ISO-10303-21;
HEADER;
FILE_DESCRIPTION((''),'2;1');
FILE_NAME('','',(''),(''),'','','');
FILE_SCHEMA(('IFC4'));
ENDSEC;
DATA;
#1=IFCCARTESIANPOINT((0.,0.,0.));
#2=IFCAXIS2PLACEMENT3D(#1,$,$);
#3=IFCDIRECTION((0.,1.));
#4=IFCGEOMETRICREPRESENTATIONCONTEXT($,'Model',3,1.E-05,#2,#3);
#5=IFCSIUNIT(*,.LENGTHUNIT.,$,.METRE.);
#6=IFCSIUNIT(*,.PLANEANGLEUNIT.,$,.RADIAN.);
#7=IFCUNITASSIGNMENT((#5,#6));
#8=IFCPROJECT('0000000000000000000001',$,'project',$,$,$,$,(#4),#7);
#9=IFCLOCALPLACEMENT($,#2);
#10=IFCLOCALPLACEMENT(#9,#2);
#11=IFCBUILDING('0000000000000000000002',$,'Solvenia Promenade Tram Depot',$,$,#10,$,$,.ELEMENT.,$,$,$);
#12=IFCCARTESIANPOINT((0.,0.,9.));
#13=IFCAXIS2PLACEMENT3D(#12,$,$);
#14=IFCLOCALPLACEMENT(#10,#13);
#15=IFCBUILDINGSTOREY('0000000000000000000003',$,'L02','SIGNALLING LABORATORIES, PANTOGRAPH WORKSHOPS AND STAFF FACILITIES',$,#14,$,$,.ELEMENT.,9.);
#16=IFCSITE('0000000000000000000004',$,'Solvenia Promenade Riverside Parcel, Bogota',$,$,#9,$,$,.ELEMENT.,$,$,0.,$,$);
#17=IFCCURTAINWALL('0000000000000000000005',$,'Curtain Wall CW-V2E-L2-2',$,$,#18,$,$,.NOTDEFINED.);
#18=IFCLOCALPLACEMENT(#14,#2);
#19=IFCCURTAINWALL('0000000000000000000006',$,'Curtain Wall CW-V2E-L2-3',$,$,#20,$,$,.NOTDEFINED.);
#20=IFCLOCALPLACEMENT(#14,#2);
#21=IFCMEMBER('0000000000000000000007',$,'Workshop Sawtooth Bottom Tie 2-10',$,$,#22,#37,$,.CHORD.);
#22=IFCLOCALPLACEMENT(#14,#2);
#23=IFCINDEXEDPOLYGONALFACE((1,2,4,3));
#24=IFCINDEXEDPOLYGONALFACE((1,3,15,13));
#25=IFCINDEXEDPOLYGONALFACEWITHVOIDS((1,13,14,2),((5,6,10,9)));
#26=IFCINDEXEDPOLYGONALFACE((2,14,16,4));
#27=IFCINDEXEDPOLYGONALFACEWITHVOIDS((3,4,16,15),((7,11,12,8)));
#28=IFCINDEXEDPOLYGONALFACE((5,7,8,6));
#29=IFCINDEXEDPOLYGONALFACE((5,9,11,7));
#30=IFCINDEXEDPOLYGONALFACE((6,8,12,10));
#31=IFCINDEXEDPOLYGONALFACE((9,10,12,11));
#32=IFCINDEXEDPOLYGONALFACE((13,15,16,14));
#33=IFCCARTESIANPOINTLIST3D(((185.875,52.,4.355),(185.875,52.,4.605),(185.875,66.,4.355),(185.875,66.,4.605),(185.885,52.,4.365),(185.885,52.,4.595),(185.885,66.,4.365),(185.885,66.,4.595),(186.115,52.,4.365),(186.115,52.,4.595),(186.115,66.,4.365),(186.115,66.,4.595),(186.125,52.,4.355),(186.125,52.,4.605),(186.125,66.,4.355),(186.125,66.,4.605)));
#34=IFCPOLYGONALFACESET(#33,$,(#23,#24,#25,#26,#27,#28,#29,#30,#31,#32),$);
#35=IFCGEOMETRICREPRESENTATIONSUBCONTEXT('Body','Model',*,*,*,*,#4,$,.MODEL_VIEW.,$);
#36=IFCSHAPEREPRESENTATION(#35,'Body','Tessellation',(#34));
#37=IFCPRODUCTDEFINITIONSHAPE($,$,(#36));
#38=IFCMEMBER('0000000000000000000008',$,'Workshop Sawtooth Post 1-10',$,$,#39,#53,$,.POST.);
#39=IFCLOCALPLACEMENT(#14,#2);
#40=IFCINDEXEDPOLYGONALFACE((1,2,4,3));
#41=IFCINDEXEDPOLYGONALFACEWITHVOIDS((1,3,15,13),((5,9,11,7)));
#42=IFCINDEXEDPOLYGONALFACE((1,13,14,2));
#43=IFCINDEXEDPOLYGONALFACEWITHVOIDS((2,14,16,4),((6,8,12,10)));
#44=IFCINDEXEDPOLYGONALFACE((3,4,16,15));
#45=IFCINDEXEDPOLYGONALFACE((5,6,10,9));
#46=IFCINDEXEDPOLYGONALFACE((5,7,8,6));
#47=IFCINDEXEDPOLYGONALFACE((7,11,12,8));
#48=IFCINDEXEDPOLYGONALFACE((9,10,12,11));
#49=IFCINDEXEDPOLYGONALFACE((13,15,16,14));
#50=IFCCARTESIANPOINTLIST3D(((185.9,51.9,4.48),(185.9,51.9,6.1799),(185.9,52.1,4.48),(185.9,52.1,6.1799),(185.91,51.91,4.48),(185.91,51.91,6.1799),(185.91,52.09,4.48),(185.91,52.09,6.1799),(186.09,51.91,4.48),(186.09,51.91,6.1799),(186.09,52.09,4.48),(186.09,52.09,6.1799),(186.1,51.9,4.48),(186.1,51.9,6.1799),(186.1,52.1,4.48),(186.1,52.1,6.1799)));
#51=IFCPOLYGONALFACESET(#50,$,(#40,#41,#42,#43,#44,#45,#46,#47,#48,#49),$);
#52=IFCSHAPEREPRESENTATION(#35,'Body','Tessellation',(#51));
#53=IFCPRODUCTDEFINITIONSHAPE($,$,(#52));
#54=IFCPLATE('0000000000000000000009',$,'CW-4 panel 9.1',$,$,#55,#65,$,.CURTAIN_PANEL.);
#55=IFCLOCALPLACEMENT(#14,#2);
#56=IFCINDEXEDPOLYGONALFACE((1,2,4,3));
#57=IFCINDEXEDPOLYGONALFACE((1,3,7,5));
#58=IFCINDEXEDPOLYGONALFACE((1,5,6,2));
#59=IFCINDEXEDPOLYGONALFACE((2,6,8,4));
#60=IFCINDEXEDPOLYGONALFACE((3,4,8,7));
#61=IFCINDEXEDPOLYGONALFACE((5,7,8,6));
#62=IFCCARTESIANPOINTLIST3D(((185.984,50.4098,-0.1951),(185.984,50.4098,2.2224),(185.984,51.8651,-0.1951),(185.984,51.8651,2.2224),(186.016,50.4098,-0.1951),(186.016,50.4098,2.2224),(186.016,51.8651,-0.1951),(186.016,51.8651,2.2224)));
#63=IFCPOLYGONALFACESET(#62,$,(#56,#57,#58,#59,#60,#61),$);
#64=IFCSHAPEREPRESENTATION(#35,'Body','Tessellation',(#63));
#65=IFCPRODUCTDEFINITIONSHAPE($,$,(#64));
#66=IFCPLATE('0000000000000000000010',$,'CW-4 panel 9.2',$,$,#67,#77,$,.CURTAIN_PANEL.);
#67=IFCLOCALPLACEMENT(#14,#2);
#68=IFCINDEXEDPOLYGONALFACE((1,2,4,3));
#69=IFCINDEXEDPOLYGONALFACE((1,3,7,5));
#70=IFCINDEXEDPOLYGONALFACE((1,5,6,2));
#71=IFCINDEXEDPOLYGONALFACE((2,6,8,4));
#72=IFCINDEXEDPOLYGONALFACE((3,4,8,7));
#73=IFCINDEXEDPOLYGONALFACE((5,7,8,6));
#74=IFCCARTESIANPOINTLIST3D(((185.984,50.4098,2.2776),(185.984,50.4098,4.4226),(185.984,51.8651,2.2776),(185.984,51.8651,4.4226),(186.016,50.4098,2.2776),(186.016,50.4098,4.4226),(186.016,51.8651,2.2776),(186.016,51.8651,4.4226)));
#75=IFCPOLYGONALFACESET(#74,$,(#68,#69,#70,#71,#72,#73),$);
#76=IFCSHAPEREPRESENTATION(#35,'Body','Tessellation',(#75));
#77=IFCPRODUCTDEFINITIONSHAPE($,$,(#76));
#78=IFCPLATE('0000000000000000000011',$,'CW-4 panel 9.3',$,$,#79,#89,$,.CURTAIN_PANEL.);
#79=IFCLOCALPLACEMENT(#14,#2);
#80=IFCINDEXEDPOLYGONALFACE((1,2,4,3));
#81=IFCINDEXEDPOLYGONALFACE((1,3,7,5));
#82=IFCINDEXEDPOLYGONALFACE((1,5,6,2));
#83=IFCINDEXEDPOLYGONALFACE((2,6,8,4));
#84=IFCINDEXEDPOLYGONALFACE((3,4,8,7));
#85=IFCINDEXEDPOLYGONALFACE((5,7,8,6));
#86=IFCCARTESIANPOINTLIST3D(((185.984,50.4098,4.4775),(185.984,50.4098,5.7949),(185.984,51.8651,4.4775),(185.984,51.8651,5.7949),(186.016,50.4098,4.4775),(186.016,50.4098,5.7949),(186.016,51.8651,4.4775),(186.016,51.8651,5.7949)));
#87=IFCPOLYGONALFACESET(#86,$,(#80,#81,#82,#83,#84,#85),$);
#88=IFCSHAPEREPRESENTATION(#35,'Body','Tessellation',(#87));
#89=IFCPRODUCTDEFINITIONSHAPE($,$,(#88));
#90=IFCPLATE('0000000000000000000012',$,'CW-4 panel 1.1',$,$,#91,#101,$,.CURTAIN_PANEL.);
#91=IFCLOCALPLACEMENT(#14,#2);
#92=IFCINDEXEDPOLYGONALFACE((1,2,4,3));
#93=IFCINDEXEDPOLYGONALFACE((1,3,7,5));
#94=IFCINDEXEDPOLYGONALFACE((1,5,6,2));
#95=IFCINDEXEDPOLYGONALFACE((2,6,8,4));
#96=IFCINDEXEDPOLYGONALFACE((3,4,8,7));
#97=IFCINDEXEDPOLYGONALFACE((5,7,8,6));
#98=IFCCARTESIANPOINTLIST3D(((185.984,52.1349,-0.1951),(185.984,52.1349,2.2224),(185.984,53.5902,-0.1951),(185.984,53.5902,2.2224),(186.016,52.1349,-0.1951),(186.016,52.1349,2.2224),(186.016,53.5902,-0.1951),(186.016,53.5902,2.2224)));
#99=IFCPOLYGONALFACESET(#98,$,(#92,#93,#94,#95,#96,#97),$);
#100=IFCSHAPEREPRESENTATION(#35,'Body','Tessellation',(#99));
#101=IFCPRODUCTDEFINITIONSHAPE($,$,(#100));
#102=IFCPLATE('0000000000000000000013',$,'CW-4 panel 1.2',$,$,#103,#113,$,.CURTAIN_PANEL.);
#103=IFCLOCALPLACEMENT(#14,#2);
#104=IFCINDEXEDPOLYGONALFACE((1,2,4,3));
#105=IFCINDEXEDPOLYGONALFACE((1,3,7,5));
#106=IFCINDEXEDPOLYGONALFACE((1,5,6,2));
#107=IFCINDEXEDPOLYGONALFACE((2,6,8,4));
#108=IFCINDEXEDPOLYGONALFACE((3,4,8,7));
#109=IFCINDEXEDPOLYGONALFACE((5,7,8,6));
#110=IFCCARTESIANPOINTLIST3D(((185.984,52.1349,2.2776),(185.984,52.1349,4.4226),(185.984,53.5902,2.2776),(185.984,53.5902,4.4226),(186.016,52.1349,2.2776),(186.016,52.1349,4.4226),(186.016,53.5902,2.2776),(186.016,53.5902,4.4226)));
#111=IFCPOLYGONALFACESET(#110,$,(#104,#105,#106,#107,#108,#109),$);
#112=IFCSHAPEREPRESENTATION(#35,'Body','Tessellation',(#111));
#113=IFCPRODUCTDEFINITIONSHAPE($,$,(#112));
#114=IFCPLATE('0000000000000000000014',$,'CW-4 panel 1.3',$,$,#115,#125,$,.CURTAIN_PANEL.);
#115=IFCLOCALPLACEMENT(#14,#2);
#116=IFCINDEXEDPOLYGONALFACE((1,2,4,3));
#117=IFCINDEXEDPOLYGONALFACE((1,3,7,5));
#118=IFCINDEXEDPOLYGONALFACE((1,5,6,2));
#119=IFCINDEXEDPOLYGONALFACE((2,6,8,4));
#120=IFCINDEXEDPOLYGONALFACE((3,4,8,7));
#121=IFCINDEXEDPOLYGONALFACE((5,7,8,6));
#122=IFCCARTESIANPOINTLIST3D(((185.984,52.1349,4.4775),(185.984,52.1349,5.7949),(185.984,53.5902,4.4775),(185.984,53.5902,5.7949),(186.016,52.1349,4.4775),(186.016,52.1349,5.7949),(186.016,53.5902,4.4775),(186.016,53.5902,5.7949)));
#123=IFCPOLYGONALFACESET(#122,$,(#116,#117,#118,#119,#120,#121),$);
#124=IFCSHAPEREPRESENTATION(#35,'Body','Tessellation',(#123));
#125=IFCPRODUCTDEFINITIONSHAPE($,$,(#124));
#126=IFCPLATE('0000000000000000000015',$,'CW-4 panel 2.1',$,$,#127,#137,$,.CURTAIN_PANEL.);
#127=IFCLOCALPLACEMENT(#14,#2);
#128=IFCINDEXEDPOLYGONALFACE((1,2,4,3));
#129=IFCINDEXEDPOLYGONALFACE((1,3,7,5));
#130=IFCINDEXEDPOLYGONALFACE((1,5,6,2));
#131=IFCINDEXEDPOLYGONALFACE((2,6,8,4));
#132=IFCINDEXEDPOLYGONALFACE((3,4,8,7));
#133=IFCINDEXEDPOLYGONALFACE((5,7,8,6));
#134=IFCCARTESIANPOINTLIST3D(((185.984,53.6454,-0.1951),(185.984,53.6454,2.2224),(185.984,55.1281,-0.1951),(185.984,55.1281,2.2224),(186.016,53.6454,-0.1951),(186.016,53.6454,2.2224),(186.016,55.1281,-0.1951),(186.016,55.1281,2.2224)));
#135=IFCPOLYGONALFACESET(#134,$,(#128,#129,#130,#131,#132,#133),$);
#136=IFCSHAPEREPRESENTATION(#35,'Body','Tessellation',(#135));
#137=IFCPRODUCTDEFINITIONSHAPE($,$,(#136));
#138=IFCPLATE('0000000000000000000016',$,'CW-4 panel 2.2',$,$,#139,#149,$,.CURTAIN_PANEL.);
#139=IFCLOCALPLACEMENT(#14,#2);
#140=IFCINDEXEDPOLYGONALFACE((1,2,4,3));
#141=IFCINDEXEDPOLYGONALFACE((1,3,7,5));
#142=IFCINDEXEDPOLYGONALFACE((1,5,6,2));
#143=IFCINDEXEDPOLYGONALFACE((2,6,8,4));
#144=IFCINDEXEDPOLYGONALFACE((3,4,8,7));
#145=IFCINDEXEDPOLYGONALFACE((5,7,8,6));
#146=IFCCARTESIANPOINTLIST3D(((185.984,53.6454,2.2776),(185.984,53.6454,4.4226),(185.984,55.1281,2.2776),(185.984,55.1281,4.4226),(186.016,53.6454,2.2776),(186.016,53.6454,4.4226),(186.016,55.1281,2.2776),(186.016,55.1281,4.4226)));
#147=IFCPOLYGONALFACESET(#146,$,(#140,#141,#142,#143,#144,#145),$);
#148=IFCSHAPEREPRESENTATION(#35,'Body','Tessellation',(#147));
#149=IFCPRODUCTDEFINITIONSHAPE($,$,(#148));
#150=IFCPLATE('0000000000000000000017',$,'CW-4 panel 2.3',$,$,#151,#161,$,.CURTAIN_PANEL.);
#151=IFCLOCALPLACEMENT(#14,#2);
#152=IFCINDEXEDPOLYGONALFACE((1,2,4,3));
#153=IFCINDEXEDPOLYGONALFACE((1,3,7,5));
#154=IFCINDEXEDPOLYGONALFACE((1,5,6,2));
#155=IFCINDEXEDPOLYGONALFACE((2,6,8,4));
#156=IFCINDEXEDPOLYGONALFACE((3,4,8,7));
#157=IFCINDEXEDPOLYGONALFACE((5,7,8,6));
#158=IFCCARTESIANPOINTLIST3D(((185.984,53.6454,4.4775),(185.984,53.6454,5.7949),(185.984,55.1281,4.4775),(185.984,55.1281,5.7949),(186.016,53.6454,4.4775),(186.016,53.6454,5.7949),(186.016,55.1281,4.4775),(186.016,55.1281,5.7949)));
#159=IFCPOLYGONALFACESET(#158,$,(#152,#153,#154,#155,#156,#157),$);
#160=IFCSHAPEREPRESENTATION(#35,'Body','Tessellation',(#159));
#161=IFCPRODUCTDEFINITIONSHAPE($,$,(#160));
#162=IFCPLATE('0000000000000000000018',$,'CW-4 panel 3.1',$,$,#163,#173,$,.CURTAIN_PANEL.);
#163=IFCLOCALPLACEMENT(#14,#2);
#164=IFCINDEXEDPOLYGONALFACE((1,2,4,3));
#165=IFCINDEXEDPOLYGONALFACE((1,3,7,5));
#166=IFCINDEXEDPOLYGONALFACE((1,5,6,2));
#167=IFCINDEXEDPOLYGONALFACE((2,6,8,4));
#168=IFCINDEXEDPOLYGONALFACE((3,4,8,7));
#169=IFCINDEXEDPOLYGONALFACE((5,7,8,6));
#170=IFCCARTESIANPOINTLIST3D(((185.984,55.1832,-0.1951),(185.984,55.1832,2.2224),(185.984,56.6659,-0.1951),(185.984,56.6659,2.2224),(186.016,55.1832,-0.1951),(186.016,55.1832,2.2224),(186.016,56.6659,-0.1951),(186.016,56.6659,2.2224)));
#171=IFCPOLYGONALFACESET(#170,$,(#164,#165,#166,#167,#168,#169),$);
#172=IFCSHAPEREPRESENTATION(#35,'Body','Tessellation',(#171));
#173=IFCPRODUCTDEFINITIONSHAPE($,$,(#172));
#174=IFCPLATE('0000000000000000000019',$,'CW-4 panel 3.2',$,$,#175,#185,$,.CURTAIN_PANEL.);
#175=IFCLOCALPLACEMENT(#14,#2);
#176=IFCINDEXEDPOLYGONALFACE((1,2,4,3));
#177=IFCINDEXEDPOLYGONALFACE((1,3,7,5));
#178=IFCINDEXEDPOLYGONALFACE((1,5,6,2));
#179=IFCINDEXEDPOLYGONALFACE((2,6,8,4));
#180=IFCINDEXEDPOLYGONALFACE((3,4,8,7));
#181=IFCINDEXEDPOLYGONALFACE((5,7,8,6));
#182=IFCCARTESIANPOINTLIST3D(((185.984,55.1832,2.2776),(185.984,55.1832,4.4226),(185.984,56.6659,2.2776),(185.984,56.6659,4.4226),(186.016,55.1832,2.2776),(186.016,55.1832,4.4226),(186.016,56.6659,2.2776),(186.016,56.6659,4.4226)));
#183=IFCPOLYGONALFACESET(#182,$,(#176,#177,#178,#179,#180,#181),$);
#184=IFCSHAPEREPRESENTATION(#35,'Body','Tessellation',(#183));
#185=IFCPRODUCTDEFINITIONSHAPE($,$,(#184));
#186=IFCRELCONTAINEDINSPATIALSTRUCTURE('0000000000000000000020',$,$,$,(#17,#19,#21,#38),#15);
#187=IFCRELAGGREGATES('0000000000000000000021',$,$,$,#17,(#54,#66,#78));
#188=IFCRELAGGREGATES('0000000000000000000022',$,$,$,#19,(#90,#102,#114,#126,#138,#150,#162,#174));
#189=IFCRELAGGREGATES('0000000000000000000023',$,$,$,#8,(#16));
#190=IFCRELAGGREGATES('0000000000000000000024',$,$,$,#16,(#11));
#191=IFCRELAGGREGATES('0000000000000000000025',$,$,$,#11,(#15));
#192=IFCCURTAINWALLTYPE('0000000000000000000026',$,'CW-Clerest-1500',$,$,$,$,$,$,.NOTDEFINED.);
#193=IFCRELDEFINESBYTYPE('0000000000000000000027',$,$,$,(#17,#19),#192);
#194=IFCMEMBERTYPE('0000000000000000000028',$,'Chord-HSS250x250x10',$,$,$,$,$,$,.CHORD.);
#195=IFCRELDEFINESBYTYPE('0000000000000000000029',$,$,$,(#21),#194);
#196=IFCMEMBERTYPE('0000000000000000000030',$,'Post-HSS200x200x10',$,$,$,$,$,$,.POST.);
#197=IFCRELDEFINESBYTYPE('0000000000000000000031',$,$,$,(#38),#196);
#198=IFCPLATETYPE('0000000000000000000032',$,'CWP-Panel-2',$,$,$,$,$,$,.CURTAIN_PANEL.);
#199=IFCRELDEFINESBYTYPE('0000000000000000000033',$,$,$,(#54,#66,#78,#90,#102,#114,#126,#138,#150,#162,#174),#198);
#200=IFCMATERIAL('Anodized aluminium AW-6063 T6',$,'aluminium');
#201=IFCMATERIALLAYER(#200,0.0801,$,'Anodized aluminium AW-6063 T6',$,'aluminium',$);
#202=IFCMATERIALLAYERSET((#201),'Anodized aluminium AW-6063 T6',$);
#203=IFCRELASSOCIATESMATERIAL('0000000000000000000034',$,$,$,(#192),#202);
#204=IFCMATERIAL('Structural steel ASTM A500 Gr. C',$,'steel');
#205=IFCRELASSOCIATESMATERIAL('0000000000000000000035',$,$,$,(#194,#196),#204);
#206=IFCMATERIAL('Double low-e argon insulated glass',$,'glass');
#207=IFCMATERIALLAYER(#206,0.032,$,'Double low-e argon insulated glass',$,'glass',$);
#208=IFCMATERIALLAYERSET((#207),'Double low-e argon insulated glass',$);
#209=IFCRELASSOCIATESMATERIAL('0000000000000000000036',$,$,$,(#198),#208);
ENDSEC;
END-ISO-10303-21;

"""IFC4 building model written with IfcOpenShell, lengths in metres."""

from ifc_helpers import new_model, si_unit, direction, frame, origin, origin_2d, place, context, subcontext, project, spatial, rectangle, hollow_rectangle, extrude, material, layer, layer_set, material_profile, profile_set, type_object, element, aggregate, save


model = new_model("IFC4")

# Units and contexts
model_context = context("Model", 3, precision=1e-05, world=origin(), true_north=direction((0.0, 1.0)))
body_context = subcontext(model_context, "Body", "Model", "MODEL_VIEW")
ifc_project = project(units=[si_unit("LENGTHUNIT", "METRE"), si_unit("PLANEANGLEUNIT", "RADIAN")], contexts=[model_context])

# Site, building, storey
site_placement = place(None, origin())
site = spatial("IfcSite", under=ifc_project, at=site_placement, Name="Solvenia Promenade Riverside Parcel, Bogota", CompositionType="ELEMENT", RefElevation=0.0)
building_placement = place(site_placement, origin())
building = spatial("IfcBuilding", under=site, at=building_placement, Name="Solvenia Promenade Tram Depot", CompositionType="ELEMENT")
storey_placement = place(building_placement, frame((0.0, 0.0, 9.0)))
storey = spatial("IfcBuildingStorey", under=building, at=storey_placement, Name="L02", Description="SIGNALLING LABORATORIES, PANTOGRAPH WORKSHOPS AND STAFF FACILITIES", CompositionType="ELEMENT", Elevation=9.0)

# Curtain wall
ifc_material_1 = material(Name="Anodized aluminium AW-6063 T6", Category="aluminium")
ifc_layer_1 = layer(ifc_material_1, 0.0801, Name="Anodized aluminium AW-6063 T6", Category="aluminium")
ifc_layer_set_1 = layer_set([ifc_layer_1], Name="Anodized aluminium AW-6063 T6")
curtain_wall_type = type_object("IfcCurtainWallType", Name="CW-Clerest-1500", PredefinedType="NOTDEFINED", material=ifc_layer_set_1)
curtain_wall_1_placement = place(storey_placement, origin())
curtain_wall_1 = element("IfcCurtainWall", 1, at=curtain_wall_1_placement, inside=storey, type_object=curtain_wall_type, Name="Curtain Wall CW-V2E-L2-2", PredefinedType="NOTDEFINED")

# Curtain wall
curtain_wall_2_placement = place(storey_placement, origin())
curtain_wall_2 = element("IfcCurtainWall", 2, at=curtain_wall_2_placement, inside=storey, type_object=curtain_wall_type, Name="Curtain Wall CW-V2E-L2-3", PredefinedType="NOTDEFINED")

# Members
ifc_material_2 = material(Name="Structural steel ASTM A500 Gr. C", Category="steel")
ifc_material_profile_1 = material_profile(ifc_material_2, hollow_rectangle(XDim=0.25, YDim=0.25, WallThickness=0.01, at=origin_2d()), Name="HSS250x250x10", Category="steel")
ifc_profile_set_1 = profile_set([ifc_material_profile_1], Name="Structural steel ASTM A500 Gr. C")
member_type_1 = type_object("IfcMemberType", Name="Chord-HSS250x250x10", PredefinedType="CHORD", material=ifc_profile_set_1)
member_1_placement = place(storey_placement, frame((186.0, 52.0, 4.48), z_axis=(0.0, 1.0, 0.0), x_axis=(-1.0, 0.0, 0.0)))
element("IfcMember", 3, at=member_1_placement, inside=storey, type_object=member_type_1, Name="Workshop Sawtooth Bottom Tie 2-10", PredefinedType="CHORD", context=body_context, shape_type="SweptSolid", body=[
    extrude(hollow_rectangle(XDim=0.25, YDim=0.25, WallThickness=0.01, at=origin_2d()), origin(), (0.0, 0.0, 1.0), 14.0),
])
ifc_material_profile_2 = material_profile(ifc_material_2, hollow_rectangle(XDim=0.2, YDim=0.2, WallThickness=0.01, at=origin_2d()), Name="HSS200x200x10", Category="steel")
ifc_profile_set_2 = profile_set([ifc_material_profile_2], Name="Structural steel ASTM A500 Gr. C")
member_type_2 = type_object("IfcMemberType", Name="Post-HSS200x200x10", PredefinedType="POST", material=ifc_profile_set_2)
member_2_placement = place(storey_placement, frame((186.0, 52.0, 4.48), z_axis=(0.0, 0.0, 1.0), x_axis=(1.0, 0.0, 0.0)))
element("IfcMember", 4, at=member_2_placement, inside=storey, type_object=member_type_2, Name="Workshop Sawtooth Post 1-10", PredefinedType="POST", context=body_context, shape_type="SweptSolid", body=[
    extrude(hollow_rectangle(XDim=0.2, YDim=0.2, WallThickness=0.01, at=origin_2d()), origin(), (0.0, 0.0, 1.0), 1.7),
])

# Plates
ifc_material_3 = material(Name="Double low-e argon insulated glass", Category="glass")
ifc_layer_2 = layer(ifc_material_3, 0.032, Name="Double low-e argon insulated glass", Category="glass")
ifc_layer_set_2 = layer_set([ifc_layer_2], Name="Double low-e argon insulated glass")
plate_type = type_object("IfcPlateType", Name="CWP-Panel-2", PredefinedType="CURTAIN_PANEL", material=ifc_layer_set_2)
plate_1_placement = place(storey_placement, frame((186.0, 51.1375, -0.1951), z_axis=(0.0, 0.0, 1.0), x_axis=(0.0, 1.0, 0.0)))
plate_1 = element("IfcPlate", 5, at=plate_1_placement, type_object=plate_type, Name="CW-4 panel 9.1", PredefinedType="CURTAIN_PANEL", context=body_context, shape_type="SweptSolid", body=[
    extrude(rectangle(XDim=1.4553, YDim=0.032, at=origin_2d()), origin(), (0.0, 0.0, 1.0), 2.4175),
])
plate_2_placement = place(storey_placement, frame((186.0, 51.1375, 2.2776), z_axis=(0.0, 0.0, 1.0), x_axis=(0.0, 1.0, 0.0)))
plate_2 = element("IfcPlate", 6, at=plate_2_placement, type_object=plate_type, Name="CW-4 panel 9.2", PredefinedType="CURTAIN_PANEL", context=body_context, shape_type="SweptSolid", body=[
    extrude(rectangle(XDim=1.4553, YDim=0.032, at=origin_2d()), origin(), (0.0, 0.0, 1.0), 2.145),
])
plate_3_placement = place(storey_placement, frame((186.0, 51.1375, 4.4775), z_axis=(0.0, 0.0, 1.0), x_axis=(0.0, 1.0, 0.0)))
plate_3 = element("IfcPlate", 7, at=plate_3_placement, type_object=plate_type, Name="CW-4 panel 9.3", PredefinedType="CURTAIN_PANEL", context=body_context, shape_type="SweptSolid", body=[
    extrude(rectangle(XDim=1.4553, YDim=0.032, at=origin_2d()), origin(), (0.0, 0.0, 1.0), 1.3174),
])
aggregate(curtain_wall_1, [plate_1, plate_2, plate_3])
plate_4_placement = place(storey_placement, frame((186.0, 52.8625, -0.1951), z_axis=(0.0, 0.0, 1.0), x_axis=(0.0, 1.0, 0.0)))
plate_4 = element("IfcPlate", 8, at=plate_4_placement, type_object=plate_type, Name="CW-4 panel 1.1", PredefinedType="CURTAIN_PANEL", context=body_context, shape_type="SweptSolid", body=[
    extrude(rectangle(XDim=1.4553, YDim=0.032, at=origin_2d()), origin(), (0.0, 0.0, 1.0), 2.4175),
])
plate_5_placement = place(storey_placement, frame((186.0, 52.8625, 2.2776), z_axis=(0.0, 0.0, 1.0), x_axis=(0.0, 1.0, 0.0)))
plate_5 = element("IfcPlate", 9, at=plate_5_placement, type_object=plate_type, Name="CW-4 panel 1.2", PredefinedType="CURTAIN_PANEL", context=body_context, shape_type="SweptSolid", body=[
    extrude(rectangle(XDim=1.4553, YDim=0.032, at=origin_2d()), origin(), (0.0, 0.0, 1.0), 2.145),
])
plate_6_placement = place(storey_placement, frame((186.0, 52.8625, 4.4775), z_axis=(0.0, 0.0, 1.0), x_axis=(0.0, 1.0, 0.0)))
plate_6 = element("IfcPlate", 10, at=plate_6_placement, type_object=plate_type, Name="CW-4 panel 1.3", PredefinedType="CURTAIN_PANEL", context=body_context, shape_type="SweptSolid", body=[
    extrude(rectangle(XDim=1.4553, YDim=0.032, at=origin_2d()), origin(), (0.0, 0.0, 1.0), 1.3174),
])
plate_7_placement = place(storey_placement, frame((186.0, 54.3867, -0.1951), z_axis=(0.0, 0.0, 1.0), x_axis=(0.0, 1.0, 0.0)))
plate_7 = element("IfcPlate", 11, at=plate_7_placement, type_object=plate_type, Name="CW-4 panel 2.1", PredefinedType="CURTAIN_PANEL", context=body_context, shape_type="SweptSolid", body=[
    extrude(rectangle(XDim=1.4827, YDim=0.032, at=origin_2d()), origin(), (0.0, 0.0, 1.0), 2.4175),
])
plate_8_placement = place(storey_placement, frame((186.0, 54.3867, 2.2776), z_axis=(0.0, 0.0, 1.0), x_axis=(0.0, 1.0, 0.0)))
plate_8 = element("IfcPlate", 12, at=plate_8_placement, type_object=plate_type, Name="CW-4 panel 2.2", PredefinedType="CURTAIN_PANEL", context=body_context, shape_type="SweptSolid", body=[
    extrude(rectangle(XDim=1.4827, YDim=0.032, at=origin_2d()), origin(), (0.0, 0.0, 1.0), 2.145),
])
plate_9_placement = place(storey_placement, frame((186.0, 54.3867, 4.4775), z_axis=(0.0, 0.0, 1.0), x_axis=(0.0, 1.0, 0.0)))
plate_9 = element("IfcPlate", 13, at=plate_9_placement, type_object=plate_type, Name="CW-4 panel 2.3", PredefinedType="CURTAIN_PANEL", context=body_context, shape_type="SweptSolid", body=[
    extrude(rectangle(XDim=1.4827, YDim=0.032, at=origin_2d()), origin(), (0.0, 0.0, 1.0), 1.3174),
])
plate_10_placement = place(storey_placement, frame((186.0, 55.9246, -0.1951), z_axis=(0.0, 0.0, 1.0), x_axis=(0.0, 1.0, 0.0)))
plate_10 = element("IfcPlate", 14, at=plate_10_placement, type_object=plate_type, Name="CW-4 panel 3.1", PredefinedType="CURTAIN_PANEL", context=body_context, shape_type="SweptSolid", body=[
    extrude(rectangle(XDim=1.4827, YDim=0.032, at=origin_2d()), origin(), (0.0, 0.0, 1.0), 2.4175),
])
plate_11_placement = place(storey_placement, frame((186.0, 55.9246, 2.2776), z_axis=(0.0, 0.0, 1.0), x_axis=(0.0, 1.0, 0.0)))
plate_11 = element("IfcPlate", 15, at=plate_11_placement, type_object=plate_type, Name="CW-4 panel 3.2", PredefinedType="CURTAIN_PANEL", context=body_context, shape_type="SweptSolid", body=[
    extrude(rectangle(XDim=1.4827, YDim=0.032, at=origin_2d()), origin(), (0.0, 0.0, 1.0), 2.145),
])
aggregate(curtain_wall_2, [plate_4, plate_5, plate_6, plate_7, plate_8, plate_9, plate_10, plate_11])

save(model, "model.ifc")
